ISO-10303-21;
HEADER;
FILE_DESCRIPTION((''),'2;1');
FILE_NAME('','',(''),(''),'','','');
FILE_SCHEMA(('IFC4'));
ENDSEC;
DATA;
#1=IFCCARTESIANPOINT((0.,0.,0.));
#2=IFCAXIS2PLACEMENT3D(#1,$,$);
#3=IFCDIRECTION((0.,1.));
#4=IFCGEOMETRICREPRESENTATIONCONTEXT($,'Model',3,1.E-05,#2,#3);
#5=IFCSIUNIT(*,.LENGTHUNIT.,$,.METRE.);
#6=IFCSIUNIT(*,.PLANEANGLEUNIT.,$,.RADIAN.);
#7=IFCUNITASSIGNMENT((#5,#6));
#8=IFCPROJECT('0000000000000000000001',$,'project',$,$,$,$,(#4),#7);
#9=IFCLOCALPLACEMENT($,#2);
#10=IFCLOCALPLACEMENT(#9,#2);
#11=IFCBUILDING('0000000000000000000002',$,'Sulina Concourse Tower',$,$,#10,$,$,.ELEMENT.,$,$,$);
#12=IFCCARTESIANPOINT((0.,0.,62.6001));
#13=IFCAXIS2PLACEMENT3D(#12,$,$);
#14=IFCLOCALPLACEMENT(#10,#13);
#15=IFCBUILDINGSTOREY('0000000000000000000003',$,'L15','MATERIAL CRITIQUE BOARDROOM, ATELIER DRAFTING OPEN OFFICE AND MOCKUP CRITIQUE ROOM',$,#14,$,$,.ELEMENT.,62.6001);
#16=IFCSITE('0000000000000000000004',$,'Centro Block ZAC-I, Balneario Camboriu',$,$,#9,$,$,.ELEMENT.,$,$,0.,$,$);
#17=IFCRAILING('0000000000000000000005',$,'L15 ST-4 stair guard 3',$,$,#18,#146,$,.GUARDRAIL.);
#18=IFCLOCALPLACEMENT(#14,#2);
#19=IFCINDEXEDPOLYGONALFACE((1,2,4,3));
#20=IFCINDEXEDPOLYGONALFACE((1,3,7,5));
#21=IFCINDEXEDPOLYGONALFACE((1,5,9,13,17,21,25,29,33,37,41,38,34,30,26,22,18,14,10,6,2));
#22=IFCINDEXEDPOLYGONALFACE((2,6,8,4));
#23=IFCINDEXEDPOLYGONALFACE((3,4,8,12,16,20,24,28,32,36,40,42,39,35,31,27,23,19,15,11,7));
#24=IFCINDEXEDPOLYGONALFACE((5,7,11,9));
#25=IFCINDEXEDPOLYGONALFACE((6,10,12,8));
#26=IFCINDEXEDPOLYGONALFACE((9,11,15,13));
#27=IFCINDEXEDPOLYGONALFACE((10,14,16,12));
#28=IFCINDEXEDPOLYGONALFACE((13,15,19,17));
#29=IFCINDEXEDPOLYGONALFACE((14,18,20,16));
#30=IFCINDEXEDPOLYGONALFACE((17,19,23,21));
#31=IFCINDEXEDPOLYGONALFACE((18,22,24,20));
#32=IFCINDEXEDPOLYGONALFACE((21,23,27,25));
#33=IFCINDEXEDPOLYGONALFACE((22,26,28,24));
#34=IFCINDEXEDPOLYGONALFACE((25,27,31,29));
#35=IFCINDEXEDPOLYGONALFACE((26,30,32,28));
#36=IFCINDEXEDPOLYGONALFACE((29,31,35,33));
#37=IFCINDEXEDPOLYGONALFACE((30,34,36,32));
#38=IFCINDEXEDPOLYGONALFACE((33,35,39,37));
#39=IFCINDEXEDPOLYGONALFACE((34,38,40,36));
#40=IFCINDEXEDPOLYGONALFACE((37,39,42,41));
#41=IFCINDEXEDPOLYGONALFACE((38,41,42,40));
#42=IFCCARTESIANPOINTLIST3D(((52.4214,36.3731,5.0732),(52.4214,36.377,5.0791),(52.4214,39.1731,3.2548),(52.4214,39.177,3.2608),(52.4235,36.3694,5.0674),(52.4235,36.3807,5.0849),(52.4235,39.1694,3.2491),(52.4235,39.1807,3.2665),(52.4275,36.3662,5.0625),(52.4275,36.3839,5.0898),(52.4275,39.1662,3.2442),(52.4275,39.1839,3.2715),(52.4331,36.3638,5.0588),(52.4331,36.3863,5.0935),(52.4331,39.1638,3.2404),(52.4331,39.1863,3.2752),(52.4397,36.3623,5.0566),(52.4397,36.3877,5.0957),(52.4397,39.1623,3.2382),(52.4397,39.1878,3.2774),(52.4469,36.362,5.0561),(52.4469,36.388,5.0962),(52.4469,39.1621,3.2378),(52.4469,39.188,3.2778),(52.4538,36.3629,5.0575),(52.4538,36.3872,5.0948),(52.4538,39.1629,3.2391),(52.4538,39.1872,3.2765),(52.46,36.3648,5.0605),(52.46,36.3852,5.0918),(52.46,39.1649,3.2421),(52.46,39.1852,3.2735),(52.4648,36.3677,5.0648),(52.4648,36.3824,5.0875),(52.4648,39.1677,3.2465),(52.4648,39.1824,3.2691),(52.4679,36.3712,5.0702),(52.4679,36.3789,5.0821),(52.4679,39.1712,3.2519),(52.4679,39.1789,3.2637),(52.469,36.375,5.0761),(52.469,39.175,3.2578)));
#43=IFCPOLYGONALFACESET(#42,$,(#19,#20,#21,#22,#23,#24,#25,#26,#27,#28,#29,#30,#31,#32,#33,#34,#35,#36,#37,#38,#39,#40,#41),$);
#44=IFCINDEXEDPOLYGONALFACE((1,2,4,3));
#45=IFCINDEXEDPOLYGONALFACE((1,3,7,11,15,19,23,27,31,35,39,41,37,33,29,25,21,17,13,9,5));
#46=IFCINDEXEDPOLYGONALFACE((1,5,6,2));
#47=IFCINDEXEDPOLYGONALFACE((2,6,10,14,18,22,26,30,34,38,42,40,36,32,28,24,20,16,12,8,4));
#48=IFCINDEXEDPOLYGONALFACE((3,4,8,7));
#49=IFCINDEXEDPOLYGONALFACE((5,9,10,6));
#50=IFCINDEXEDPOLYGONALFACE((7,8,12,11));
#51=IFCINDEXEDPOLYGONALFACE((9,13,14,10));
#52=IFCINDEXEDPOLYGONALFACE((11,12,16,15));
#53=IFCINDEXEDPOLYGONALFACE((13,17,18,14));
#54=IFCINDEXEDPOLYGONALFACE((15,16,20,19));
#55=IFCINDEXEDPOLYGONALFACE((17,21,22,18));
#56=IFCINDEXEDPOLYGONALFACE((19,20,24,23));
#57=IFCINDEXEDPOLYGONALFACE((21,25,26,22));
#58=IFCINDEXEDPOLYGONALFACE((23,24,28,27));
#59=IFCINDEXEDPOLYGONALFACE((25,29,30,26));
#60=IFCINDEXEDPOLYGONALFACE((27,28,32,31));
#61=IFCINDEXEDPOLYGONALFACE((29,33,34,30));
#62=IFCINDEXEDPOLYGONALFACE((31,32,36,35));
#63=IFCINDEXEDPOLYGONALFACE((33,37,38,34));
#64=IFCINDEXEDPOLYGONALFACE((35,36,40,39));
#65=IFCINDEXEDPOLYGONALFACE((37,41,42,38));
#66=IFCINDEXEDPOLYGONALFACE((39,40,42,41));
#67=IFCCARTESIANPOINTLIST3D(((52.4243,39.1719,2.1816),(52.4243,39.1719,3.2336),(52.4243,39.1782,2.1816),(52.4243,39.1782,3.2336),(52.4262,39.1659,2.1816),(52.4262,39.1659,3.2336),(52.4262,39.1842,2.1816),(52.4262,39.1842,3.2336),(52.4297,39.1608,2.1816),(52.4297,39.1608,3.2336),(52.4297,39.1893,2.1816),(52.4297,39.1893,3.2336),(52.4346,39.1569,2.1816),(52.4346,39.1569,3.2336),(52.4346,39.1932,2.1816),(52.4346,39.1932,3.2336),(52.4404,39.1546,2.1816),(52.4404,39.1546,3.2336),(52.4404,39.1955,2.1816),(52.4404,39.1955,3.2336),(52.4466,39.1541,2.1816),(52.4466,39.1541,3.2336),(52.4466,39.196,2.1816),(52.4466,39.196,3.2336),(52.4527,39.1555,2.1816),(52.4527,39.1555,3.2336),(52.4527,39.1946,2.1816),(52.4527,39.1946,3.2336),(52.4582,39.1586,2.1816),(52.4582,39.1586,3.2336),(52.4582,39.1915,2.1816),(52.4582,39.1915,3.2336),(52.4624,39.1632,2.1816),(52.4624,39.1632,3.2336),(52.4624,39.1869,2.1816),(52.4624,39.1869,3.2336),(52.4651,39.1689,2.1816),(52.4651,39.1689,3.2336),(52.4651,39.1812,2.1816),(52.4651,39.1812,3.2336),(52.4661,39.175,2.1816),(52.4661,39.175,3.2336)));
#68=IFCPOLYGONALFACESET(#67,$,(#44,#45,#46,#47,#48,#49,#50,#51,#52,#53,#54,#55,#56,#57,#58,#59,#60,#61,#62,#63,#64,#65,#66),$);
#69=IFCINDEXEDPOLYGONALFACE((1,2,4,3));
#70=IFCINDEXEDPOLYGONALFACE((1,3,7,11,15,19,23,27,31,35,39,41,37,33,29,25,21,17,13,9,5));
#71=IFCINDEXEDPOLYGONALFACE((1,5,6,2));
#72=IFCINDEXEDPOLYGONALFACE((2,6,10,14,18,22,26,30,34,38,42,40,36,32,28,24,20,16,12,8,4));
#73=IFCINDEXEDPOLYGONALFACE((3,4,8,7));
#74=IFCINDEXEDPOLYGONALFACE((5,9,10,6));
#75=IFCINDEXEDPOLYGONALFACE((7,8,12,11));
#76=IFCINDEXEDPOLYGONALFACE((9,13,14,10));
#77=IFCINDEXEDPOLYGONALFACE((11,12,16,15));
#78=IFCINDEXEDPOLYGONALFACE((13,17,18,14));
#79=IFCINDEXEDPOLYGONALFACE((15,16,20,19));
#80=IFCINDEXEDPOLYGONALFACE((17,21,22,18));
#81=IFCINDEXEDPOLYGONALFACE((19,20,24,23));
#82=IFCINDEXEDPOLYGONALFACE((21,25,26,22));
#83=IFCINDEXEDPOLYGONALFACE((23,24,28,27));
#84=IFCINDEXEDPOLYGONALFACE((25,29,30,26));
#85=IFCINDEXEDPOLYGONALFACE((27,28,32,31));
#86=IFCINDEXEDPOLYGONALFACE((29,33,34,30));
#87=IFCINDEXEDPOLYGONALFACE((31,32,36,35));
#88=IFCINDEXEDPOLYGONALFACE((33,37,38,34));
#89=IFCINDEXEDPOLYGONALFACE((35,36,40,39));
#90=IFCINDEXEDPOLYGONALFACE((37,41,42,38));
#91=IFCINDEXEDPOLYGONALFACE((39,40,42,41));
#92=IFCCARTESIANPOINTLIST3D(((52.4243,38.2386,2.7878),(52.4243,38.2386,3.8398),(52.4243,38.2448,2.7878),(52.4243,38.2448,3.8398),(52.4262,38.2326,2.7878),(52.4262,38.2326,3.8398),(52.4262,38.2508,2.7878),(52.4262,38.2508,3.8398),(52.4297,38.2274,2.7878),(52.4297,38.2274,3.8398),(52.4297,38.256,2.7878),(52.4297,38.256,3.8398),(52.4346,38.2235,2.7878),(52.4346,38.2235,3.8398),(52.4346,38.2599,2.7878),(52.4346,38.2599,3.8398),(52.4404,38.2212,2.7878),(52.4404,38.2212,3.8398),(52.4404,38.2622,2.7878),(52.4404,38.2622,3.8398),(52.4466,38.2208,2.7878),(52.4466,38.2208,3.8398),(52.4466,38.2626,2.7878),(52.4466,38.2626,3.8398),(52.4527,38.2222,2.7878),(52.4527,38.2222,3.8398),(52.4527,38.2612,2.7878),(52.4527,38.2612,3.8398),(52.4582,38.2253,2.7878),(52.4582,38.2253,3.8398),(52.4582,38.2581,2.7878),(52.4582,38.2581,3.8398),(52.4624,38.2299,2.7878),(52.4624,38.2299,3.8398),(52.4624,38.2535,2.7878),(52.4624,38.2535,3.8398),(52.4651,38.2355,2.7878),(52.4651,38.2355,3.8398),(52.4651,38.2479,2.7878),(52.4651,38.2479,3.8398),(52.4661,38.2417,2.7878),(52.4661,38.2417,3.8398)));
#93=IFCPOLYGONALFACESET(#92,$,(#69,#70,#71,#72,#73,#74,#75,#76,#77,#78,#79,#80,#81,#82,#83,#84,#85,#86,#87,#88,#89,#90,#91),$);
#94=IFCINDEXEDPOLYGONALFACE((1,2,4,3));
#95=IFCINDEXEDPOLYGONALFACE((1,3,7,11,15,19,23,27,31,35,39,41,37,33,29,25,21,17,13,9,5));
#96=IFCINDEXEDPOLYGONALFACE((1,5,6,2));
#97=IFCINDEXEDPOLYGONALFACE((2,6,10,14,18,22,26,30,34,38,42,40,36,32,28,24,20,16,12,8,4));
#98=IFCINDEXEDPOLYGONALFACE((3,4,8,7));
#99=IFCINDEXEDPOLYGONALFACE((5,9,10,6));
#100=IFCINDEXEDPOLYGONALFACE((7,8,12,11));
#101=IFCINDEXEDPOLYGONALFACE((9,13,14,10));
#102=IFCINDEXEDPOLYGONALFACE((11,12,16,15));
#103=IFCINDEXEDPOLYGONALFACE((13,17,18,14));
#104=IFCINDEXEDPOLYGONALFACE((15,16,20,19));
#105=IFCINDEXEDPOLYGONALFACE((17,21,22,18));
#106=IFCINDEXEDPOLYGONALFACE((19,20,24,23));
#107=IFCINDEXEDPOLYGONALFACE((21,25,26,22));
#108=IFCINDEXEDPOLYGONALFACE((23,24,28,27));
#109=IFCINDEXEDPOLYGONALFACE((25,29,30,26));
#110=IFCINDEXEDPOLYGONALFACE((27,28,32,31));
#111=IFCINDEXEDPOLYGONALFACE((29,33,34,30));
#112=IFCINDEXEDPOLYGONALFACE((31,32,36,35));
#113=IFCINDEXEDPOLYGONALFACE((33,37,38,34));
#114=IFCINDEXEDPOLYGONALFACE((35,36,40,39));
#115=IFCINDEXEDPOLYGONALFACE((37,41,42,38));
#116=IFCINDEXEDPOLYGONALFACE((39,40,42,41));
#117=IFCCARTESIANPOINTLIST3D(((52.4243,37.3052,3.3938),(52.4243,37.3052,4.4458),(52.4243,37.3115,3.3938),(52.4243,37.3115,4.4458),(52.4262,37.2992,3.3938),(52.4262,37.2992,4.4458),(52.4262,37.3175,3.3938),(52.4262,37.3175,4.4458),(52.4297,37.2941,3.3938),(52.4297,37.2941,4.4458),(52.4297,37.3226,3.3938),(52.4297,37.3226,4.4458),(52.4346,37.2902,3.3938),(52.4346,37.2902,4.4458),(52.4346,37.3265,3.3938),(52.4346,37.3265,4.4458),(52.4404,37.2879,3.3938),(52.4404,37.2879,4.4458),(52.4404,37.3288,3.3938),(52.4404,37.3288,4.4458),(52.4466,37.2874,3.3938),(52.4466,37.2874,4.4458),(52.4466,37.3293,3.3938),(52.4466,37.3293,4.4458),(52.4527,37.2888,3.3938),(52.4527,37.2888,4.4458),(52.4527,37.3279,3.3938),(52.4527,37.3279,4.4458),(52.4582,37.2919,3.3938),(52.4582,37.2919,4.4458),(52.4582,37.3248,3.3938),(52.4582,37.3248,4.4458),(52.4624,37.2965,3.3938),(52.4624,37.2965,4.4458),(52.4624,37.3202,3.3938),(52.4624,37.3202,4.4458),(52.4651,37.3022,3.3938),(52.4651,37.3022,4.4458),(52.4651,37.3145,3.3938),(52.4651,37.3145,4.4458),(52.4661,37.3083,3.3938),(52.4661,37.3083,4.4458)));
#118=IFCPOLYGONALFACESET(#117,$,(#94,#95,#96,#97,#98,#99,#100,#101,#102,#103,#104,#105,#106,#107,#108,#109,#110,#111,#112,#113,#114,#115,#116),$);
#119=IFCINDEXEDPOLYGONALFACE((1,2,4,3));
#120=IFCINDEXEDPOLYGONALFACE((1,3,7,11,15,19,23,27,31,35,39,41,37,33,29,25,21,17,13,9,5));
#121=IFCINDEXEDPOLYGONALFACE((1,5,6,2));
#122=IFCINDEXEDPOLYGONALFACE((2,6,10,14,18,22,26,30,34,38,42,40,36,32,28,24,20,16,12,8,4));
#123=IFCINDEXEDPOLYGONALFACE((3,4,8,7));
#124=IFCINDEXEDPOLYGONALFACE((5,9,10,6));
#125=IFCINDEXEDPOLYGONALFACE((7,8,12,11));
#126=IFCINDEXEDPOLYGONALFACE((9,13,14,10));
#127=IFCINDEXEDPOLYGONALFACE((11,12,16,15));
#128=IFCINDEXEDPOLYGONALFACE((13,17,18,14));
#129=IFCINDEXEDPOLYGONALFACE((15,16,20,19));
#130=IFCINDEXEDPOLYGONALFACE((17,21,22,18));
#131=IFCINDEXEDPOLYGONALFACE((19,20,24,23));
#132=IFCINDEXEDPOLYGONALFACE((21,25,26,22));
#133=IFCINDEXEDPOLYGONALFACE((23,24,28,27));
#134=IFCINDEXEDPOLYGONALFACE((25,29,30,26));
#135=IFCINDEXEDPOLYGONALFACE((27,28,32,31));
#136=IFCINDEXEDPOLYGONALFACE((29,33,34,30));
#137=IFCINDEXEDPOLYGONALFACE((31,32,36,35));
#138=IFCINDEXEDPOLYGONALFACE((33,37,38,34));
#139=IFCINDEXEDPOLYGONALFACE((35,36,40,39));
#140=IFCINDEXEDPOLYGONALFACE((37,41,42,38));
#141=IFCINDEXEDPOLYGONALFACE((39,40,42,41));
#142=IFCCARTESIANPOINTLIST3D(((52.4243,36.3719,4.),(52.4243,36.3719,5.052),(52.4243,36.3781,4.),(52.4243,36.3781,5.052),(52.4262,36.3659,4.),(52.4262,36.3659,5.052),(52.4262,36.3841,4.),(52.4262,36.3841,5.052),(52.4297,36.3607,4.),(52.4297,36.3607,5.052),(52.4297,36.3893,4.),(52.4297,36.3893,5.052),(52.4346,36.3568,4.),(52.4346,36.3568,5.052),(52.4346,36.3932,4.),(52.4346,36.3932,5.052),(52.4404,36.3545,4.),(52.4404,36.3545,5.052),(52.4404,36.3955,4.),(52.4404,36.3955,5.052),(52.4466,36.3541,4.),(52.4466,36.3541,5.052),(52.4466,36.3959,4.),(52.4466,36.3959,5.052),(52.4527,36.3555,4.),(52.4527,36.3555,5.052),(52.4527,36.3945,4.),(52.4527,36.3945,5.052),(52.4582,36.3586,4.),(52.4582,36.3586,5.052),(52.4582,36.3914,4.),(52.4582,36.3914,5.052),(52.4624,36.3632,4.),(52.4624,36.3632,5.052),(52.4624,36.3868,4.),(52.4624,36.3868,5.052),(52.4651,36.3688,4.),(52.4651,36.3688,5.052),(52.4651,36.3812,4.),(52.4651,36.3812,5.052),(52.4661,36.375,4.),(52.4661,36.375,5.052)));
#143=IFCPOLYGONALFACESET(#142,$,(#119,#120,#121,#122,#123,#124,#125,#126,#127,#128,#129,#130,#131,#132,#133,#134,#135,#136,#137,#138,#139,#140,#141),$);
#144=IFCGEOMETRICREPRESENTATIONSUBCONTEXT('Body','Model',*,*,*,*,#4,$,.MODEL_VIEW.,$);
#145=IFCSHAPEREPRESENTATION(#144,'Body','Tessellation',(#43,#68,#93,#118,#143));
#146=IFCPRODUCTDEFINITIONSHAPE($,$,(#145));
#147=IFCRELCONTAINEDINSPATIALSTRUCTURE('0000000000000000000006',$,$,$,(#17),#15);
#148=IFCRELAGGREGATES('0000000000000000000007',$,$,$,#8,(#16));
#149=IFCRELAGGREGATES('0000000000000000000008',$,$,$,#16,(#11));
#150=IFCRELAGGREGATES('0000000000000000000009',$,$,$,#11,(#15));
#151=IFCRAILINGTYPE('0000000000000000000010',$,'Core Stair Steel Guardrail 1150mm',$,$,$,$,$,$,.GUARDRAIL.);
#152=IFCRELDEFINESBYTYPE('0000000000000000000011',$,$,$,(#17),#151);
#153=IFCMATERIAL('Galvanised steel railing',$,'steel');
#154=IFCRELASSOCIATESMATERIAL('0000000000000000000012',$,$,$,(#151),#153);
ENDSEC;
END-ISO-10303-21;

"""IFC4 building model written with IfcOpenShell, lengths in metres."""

from ifc_helpers import new_model, si_unit, direction, frame, origin, origin_2d, place, context, subcontext, project, spatial, circle, extrude, material, type_object, element, save


model = new_model("IFC4")

# Units and contexts
model_context = context("Model", 3, precision=1e-05, world=origin(), true_north=direction((0.0, 1.0)))
body_context = subcontext(model_context, "Body", "Model", "MODEL_VIEW")
ifc_project = project(units=[si_unit("LENGTHUNIT", "METRE"), si_unit("PLANEANGLEUNIT", "RADIAN")], contexts=[model_context])

# Site, building, storey
site_placement = place(None, origin())
site = spatial("IfcSite", under=ifc_project, at=site_placement, Name="Centro Block ZAC-I, Balneario Camboriu", CompositionType="ELEMENT", RefElevation=0.0)
building_placement = place(site_placement, origin())
building = spatial("IfcBuilding", under=site, at=building_placement, Name="Sulina Concourse Tower", CompositionType="ELEMENT")
storey_placement = place(building_placement, frame((0.0, 0.0, 62.6001)))
storey = spatial("IfcBuildingStorey", under=building, at=storey_placement, Name="L15", Description="MATERIAL CRITIQUE BOARDROOM, ATELIER DRAFTING OPEN OFFICE AND MOCKUP CRITIQUE ROOM", CompositionType="ELEMENT", Elevation=62.6001)

# Railing
ifc_material_1 = material(Name="Galvanised steel railing", Category="steel")
railing_type_1 = type_object("IfcRailingType", Name="Core Stair Steel Guardrail 1150mm", PredefinedType="GUARDRAIL", material=ifc_material_1)
railing_1_placement = place(storey_placement, frame((52.4451, 39.175, 2.1816)))
element("IfcRailing", 1, at=railing_1_placement, inside=storey, type_object=railing_type_1, Name="L15 ST-4 stair guard 3", PredefinedType="GUARDRAIL", context=body_context, shape_type="SweptSolid", body=[
    extrude(circle(Radius=0.0239, at=origin_2d()), frame((0.0, 0.0, 1.0762), z_axis=(0.0, -0.838672, 0.544636), x_axis=(1.0, 0.0, 0.0)), (0.0, 0.0, 1.0), 3.3386),
    extrude(circle(Radius=0.021, at=origin_2d()), origin(), (0.0, 0.0, 1.0), 1.052),
    extrude(circle(Radius=0.021, at=origin_2d()), frame((0.0, -0.9333, 0.6062)), (0.0, 0.0, 1.0), 1.052),
    extrude(circle(Radius=0.021, at=origin_2d()), frame((0.0, -1.8667, 1.2122)), (0.0, 0.0, 1.0), 1.052),
    extrude(circle(Radius=0.021, at=origin_2d()), frame((0.0, -2.8, 1.8184)), (0.0, 0.0, 1.0), 1.052),
])

save(model, "model.ifc")
